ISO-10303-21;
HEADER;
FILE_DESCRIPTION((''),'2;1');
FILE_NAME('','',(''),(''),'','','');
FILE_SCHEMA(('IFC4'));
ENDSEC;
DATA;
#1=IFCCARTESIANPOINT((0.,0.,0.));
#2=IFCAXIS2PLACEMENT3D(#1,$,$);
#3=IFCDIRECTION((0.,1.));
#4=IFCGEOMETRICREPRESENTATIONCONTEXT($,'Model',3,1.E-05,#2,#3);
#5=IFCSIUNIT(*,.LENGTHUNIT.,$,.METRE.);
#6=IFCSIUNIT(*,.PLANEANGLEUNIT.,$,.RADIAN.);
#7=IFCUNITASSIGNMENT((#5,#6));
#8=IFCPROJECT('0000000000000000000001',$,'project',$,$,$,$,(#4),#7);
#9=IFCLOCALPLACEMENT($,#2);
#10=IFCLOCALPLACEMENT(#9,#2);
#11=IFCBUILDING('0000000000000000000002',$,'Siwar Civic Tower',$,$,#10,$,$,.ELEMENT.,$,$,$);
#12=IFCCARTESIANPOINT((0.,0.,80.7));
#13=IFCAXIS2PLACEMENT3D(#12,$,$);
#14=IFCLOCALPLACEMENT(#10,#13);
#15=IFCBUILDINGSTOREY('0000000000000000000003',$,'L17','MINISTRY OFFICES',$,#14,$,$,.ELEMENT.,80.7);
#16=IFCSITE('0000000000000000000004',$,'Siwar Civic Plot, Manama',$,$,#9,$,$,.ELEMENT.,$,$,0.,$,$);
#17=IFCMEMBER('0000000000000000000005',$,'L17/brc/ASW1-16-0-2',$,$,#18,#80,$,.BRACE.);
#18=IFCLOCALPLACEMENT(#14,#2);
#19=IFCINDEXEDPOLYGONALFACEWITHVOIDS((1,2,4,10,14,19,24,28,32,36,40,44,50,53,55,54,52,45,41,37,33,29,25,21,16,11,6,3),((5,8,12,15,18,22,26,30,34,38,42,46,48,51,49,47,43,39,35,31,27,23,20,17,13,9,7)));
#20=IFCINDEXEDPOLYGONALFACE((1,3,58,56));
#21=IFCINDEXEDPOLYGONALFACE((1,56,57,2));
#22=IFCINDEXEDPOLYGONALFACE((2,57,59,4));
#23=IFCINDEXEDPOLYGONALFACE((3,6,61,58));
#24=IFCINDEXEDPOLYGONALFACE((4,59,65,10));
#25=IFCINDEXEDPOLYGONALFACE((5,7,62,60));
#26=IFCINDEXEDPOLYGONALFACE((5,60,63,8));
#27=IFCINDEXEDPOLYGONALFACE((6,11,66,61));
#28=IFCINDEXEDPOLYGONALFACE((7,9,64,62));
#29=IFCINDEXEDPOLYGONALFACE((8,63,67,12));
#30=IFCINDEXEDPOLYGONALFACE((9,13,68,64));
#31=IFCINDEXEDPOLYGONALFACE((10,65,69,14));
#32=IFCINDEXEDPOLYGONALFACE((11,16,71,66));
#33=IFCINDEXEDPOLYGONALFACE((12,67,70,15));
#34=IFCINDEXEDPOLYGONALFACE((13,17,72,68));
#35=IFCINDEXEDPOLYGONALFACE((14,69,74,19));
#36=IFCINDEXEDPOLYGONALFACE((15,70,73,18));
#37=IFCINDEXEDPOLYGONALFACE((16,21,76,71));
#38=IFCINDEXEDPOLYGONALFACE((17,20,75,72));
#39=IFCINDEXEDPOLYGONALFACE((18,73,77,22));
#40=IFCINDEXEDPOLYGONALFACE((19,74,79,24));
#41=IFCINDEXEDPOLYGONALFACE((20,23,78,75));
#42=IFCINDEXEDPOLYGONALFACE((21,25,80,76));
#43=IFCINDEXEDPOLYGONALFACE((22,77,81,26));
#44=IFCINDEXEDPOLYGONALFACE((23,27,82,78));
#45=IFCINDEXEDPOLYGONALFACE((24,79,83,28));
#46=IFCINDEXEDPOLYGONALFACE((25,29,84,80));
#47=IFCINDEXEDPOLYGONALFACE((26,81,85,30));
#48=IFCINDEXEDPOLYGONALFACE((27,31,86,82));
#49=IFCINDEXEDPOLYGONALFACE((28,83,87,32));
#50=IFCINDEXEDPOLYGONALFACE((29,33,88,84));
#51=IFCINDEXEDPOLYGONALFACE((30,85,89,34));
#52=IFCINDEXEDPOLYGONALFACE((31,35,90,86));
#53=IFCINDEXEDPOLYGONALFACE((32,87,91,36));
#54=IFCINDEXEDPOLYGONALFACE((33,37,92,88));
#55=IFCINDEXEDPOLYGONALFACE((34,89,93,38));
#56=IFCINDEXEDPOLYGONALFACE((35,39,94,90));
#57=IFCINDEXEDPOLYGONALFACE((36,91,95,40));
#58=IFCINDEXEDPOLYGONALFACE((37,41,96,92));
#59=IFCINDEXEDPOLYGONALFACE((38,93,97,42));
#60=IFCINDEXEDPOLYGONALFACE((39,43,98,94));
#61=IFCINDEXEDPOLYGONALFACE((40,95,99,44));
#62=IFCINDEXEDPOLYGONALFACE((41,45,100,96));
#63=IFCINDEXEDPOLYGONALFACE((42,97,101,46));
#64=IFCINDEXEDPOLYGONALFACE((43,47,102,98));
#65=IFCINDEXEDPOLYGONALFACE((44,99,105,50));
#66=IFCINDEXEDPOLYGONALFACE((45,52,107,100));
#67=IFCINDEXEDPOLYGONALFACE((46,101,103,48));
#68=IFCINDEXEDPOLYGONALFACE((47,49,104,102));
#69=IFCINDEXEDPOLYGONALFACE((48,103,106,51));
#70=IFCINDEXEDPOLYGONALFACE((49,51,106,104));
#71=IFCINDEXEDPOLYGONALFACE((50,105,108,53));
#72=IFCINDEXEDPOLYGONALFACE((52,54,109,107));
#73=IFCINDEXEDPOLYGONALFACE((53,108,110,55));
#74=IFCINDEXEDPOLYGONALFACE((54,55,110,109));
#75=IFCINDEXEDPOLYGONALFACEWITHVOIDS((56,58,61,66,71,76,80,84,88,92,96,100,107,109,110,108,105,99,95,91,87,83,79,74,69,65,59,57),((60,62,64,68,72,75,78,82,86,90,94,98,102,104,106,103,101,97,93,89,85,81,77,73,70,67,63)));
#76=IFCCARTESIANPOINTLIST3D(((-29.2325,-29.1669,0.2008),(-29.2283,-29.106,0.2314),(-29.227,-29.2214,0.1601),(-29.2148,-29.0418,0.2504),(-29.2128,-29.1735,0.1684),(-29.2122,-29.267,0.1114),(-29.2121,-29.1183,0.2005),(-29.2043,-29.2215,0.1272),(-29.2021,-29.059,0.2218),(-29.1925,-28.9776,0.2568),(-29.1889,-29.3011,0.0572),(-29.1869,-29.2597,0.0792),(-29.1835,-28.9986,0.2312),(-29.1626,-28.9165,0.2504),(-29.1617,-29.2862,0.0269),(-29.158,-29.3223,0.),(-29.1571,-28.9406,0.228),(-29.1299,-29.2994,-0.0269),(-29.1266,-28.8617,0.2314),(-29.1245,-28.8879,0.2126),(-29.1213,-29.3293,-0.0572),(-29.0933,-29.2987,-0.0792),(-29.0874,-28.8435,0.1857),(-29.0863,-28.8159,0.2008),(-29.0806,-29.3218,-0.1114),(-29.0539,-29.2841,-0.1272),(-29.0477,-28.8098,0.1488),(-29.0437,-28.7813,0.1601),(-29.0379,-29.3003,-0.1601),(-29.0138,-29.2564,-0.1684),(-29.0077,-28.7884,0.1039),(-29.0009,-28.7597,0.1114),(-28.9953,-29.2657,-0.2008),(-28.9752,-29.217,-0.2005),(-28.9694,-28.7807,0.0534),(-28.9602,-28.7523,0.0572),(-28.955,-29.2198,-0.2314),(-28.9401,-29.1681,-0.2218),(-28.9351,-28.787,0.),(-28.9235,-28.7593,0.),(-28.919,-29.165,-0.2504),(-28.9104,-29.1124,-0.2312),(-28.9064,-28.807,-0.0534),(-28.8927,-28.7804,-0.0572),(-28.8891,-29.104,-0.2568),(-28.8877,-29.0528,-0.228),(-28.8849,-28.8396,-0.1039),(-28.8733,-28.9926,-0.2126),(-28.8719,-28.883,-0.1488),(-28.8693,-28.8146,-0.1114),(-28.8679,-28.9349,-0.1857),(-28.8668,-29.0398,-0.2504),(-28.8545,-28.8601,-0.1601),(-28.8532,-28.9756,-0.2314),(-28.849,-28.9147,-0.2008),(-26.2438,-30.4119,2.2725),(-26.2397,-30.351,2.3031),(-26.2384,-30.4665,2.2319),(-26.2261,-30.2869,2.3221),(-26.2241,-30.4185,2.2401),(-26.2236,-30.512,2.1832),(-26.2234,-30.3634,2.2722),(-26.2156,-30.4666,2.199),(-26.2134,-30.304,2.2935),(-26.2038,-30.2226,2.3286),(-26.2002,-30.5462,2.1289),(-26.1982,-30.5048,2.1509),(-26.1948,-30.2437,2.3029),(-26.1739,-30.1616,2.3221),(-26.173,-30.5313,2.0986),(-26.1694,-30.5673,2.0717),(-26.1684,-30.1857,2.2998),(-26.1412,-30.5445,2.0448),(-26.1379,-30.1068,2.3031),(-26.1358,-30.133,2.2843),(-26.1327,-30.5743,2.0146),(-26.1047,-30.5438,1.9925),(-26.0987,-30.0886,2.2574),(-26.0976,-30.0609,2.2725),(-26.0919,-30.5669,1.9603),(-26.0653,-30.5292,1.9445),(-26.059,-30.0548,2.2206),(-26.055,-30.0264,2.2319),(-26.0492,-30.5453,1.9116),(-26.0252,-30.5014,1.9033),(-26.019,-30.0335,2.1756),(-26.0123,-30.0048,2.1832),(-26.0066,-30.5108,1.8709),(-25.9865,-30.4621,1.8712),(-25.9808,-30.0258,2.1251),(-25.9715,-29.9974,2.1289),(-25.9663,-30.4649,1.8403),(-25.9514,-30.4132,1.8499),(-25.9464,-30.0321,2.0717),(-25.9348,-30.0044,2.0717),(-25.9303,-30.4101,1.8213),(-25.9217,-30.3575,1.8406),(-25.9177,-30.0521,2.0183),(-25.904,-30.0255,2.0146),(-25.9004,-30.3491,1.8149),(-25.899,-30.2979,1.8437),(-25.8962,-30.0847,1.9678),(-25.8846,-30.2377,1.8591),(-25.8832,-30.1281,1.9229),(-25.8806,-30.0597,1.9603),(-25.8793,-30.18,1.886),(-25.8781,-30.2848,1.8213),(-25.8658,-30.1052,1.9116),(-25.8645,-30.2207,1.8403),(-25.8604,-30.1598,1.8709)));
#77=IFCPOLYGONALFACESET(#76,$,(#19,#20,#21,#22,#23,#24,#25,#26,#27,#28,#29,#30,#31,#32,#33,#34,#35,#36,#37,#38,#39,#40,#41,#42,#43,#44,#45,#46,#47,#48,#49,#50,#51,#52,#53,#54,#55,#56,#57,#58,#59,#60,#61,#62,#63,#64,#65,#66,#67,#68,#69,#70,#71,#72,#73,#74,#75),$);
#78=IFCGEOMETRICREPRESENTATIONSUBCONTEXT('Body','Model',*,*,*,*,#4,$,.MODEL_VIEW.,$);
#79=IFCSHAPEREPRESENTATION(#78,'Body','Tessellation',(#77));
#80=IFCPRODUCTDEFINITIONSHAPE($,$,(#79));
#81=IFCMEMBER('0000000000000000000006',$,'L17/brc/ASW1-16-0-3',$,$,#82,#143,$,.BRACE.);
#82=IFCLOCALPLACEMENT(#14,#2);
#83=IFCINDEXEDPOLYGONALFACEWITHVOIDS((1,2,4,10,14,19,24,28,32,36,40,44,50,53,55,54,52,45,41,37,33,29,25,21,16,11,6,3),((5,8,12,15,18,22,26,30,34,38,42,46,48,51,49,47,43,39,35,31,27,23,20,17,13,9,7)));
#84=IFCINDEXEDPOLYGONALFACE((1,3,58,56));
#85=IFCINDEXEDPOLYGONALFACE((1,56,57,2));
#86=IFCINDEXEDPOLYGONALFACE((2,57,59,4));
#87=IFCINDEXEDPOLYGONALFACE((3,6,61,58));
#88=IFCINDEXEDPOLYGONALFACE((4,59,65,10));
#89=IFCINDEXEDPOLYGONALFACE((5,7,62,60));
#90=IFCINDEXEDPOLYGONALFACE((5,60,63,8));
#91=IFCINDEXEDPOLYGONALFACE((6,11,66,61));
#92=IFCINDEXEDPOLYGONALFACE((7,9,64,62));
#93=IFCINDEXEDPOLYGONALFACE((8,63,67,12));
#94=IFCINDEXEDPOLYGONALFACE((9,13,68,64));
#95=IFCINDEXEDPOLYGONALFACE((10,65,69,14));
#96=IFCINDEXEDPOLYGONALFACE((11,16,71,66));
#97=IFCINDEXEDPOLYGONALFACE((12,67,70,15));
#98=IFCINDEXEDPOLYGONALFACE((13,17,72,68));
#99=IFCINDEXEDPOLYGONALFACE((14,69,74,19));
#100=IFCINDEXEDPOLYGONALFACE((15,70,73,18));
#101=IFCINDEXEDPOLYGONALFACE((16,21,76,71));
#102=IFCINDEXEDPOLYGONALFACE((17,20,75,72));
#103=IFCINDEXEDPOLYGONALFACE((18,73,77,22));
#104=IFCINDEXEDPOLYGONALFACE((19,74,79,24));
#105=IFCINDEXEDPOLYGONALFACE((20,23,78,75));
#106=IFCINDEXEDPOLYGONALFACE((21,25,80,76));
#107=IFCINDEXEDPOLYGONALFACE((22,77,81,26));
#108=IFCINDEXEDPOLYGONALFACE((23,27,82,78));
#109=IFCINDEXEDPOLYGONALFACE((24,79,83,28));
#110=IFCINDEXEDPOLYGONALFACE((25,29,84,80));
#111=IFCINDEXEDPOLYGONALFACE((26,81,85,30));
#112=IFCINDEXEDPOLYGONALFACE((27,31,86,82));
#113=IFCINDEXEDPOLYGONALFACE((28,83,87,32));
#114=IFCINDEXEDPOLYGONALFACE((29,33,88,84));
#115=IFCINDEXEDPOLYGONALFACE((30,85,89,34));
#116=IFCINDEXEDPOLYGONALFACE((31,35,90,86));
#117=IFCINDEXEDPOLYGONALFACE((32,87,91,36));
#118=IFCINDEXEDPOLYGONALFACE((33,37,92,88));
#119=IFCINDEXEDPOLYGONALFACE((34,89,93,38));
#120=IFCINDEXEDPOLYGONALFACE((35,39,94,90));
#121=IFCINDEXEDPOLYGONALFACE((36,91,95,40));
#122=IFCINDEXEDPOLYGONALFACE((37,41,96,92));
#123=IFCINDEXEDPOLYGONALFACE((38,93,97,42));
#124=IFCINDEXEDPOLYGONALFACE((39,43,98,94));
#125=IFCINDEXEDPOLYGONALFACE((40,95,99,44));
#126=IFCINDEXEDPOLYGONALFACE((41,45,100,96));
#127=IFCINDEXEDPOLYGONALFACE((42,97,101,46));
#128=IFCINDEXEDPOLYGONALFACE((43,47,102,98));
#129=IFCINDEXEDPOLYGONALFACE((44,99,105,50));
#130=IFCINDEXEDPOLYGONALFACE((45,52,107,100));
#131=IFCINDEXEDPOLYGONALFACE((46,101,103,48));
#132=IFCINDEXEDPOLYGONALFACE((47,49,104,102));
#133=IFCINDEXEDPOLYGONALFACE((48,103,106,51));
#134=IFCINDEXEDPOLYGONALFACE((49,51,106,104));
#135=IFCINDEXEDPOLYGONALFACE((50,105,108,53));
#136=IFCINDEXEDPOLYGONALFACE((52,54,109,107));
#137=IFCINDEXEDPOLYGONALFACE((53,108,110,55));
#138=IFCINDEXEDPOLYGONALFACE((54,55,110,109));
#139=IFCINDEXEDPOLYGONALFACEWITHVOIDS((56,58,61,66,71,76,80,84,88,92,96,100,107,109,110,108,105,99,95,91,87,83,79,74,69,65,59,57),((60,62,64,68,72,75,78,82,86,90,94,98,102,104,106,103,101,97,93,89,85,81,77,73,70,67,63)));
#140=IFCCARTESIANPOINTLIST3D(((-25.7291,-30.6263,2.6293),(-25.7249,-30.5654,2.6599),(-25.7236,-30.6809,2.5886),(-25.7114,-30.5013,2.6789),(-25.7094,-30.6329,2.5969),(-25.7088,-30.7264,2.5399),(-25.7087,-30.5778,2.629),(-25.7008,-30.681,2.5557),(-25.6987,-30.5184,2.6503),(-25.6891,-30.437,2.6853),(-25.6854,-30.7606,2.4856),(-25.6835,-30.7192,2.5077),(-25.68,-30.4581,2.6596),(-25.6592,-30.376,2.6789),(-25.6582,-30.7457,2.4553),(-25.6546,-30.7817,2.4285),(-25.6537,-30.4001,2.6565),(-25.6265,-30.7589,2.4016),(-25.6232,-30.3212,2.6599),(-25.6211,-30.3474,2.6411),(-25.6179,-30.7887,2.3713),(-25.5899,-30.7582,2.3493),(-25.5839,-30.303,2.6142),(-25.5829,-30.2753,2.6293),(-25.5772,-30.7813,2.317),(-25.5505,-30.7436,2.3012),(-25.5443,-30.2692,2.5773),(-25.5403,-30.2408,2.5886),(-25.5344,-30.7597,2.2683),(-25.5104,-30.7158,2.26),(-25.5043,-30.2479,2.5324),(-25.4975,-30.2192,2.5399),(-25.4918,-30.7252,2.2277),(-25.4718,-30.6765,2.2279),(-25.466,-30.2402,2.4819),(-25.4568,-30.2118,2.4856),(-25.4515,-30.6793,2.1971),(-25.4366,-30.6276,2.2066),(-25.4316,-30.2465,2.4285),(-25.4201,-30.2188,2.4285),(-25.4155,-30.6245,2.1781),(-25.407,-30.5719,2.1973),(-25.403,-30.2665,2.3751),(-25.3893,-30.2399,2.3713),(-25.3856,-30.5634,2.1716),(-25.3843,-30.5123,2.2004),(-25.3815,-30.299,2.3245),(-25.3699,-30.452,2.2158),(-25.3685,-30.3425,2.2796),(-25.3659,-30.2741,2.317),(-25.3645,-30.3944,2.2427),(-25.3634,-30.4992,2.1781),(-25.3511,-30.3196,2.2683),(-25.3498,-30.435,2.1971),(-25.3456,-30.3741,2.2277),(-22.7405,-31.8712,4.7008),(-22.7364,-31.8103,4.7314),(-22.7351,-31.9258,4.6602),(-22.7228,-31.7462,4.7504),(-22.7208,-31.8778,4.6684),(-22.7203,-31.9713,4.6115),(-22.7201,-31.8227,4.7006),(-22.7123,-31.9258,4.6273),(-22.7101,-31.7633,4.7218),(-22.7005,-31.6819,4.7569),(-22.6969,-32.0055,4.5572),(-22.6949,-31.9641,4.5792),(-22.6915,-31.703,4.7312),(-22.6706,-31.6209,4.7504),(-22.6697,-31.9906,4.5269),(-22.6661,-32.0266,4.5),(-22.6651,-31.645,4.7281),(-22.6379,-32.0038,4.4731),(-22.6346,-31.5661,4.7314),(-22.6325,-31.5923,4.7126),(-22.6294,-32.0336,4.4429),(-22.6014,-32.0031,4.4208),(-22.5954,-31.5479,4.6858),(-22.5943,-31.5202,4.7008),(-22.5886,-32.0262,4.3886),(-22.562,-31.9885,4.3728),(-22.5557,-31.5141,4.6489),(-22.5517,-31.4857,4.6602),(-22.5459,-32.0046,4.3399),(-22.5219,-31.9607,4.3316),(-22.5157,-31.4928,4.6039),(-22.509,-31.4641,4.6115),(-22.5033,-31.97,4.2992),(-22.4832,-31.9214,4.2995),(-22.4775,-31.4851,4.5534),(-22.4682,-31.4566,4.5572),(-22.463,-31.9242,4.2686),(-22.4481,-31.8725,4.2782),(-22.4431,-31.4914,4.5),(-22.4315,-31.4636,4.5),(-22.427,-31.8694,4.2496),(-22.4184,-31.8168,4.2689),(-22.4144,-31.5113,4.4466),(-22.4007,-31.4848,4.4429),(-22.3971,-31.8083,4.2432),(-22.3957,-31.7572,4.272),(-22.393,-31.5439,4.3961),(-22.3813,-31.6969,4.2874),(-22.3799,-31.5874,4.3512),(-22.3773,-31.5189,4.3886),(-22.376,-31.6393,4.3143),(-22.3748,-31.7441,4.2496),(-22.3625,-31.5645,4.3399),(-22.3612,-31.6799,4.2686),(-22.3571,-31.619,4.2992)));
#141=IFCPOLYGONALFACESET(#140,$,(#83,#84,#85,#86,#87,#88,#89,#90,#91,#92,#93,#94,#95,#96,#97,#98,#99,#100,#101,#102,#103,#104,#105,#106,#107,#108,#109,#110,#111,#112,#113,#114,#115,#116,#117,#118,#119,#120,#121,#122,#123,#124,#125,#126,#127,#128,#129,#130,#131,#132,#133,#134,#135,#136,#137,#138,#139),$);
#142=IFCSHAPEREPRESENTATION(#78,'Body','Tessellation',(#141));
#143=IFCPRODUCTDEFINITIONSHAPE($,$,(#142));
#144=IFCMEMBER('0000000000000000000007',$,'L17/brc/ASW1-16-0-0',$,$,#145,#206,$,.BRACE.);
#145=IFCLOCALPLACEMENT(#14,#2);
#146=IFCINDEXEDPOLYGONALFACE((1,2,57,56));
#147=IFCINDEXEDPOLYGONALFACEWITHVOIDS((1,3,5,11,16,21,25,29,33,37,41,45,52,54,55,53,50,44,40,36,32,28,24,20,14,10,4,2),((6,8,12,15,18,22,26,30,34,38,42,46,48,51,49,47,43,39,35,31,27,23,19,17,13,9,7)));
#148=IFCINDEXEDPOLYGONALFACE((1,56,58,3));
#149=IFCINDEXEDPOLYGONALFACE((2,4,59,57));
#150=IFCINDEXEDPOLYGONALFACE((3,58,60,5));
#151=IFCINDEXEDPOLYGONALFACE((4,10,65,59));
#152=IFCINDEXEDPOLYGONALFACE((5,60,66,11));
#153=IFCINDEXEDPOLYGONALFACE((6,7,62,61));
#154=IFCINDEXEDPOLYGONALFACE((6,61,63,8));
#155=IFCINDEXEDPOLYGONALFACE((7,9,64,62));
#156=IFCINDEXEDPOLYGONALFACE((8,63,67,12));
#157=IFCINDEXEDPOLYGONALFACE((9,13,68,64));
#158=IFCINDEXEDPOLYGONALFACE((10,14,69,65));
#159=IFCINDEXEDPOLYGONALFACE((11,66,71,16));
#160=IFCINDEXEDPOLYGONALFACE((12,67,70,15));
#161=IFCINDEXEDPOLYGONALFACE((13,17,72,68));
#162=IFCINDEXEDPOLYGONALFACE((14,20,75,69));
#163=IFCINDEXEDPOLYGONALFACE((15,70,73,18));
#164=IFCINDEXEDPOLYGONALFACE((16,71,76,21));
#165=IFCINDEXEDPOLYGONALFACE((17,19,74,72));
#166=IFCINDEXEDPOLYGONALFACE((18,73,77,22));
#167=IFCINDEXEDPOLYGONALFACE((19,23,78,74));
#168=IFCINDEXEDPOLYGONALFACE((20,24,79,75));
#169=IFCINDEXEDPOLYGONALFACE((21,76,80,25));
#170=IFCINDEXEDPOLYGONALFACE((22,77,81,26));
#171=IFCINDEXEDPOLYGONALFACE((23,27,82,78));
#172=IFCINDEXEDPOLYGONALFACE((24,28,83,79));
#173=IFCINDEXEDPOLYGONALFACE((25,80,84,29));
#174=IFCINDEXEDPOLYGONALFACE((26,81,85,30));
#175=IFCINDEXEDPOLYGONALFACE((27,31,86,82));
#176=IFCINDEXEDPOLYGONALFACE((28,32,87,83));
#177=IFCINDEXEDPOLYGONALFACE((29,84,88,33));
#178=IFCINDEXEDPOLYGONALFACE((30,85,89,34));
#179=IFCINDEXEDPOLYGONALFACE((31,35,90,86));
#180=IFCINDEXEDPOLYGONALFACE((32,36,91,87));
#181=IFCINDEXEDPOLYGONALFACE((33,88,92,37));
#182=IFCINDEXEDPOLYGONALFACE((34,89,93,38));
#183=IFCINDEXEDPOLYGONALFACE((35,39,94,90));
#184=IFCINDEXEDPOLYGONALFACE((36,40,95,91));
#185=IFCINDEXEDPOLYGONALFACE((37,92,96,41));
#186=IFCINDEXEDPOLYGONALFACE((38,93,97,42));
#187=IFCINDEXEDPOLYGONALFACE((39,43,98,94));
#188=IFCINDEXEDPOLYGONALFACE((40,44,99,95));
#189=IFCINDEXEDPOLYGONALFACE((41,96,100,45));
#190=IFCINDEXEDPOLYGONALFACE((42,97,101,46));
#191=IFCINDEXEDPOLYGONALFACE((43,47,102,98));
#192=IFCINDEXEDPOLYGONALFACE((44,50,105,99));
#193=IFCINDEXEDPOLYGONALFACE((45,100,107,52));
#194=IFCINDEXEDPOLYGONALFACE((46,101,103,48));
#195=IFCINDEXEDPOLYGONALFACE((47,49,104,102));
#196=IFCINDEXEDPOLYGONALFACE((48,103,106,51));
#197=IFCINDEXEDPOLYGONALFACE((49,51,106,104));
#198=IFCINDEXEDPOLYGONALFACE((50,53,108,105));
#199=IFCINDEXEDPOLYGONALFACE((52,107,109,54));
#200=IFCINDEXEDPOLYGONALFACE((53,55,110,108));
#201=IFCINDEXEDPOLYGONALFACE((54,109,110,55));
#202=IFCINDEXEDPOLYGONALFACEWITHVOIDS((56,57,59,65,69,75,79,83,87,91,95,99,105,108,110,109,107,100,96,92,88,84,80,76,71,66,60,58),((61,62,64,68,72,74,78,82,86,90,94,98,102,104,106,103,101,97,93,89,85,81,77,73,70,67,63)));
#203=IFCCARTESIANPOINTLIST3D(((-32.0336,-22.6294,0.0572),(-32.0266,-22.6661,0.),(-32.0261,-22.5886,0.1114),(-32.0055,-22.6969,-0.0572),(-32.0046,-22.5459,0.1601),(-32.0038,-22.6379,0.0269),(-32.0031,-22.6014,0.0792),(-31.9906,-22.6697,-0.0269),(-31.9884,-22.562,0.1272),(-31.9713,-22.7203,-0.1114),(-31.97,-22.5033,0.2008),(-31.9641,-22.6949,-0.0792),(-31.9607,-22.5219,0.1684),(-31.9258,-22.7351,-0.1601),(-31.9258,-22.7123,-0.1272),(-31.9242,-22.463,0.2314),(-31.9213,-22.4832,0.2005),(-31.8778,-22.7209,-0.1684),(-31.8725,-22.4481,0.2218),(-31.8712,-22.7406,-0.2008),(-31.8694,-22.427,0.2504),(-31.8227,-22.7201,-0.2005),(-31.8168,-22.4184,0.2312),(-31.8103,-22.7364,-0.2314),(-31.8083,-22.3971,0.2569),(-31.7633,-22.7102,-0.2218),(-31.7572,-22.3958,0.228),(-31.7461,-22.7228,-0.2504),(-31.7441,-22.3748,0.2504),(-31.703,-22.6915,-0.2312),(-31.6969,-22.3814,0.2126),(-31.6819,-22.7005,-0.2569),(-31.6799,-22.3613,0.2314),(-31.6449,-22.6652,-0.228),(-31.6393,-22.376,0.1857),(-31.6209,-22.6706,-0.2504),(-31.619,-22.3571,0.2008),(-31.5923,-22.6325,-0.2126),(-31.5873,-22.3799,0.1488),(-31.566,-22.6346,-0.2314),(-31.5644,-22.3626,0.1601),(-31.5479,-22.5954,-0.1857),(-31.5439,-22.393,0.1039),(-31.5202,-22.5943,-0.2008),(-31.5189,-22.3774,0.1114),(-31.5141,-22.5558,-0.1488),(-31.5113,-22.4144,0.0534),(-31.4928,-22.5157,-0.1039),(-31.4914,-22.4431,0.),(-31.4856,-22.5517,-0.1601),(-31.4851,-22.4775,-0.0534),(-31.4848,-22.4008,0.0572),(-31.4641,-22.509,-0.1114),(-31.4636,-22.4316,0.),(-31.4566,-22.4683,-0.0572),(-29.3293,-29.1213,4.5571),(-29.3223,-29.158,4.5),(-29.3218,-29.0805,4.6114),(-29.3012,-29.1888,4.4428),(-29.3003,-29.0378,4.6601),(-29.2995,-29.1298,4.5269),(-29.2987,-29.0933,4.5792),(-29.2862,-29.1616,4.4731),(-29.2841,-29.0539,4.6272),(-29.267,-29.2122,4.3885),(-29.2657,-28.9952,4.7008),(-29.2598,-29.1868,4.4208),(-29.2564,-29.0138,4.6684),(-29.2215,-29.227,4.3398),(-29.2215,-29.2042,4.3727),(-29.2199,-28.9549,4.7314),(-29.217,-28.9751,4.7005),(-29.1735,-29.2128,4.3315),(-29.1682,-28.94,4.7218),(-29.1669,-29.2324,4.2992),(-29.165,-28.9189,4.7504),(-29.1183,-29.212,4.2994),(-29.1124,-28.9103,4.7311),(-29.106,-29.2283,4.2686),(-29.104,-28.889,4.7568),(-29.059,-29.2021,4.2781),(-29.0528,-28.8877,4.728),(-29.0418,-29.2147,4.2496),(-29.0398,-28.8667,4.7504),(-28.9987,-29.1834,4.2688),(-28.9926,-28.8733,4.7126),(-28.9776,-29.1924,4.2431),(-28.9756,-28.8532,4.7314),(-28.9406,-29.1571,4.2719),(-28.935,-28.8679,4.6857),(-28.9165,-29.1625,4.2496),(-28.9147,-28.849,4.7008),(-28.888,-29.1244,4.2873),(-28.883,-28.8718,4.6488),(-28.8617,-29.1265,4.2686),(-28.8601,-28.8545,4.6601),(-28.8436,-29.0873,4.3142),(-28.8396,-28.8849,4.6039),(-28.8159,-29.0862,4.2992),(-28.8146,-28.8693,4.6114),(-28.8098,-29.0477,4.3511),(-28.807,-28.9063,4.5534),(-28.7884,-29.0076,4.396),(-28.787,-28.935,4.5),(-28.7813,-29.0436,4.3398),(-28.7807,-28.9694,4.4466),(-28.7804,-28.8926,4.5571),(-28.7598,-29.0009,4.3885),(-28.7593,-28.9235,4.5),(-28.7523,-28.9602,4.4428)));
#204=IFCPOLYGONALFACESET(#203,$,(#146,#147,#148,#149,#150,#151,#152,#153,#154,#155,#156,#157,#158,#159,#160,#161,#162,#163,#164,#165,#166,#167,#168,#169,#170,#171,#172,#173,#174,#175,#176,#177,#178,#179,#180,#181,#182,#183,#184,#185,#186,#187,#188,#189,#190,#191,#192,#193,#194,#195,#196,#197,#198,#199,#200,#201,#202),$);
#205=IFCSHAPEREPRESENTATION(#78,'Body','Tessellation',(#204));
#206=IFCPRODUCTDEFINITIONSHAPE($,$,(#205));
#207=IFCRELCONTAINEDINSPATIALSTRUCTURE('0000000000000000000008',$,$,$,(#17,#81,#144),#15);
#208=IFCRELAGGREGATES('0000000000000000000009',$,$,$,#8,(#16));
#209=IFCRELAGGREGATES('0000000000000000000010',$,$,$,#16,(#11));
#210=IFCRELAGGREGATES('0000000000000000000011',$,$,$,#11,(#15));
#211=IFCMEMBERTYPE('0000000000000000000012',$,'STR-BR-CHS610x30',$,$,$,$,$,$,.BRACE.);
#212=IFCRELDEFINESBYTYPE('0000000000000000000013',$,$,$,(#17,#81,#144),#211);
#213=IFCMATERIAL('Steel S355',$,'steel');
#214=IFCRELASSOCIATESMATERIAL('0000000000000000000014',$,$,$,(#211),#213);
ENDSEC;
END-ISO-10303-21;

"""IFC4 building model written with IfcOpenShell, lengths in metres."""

from ifc_helpers import new_model, si_unit, direction, frame, origin, origin_2d, place, context, subcontext, project, spatial, hollow_circle, extrude, material, material_profile, profile_set, type_object, element, save


model = new_model("IFC4")

# Units and contexts
model_context = context("Model", 3, precision=1e-05, world=origin(), true_north=direction((0.0, 1.0)))
body_context = subcontext(model_context, "Body", "Model", "MODEL_VIEW")
ifc_project = project(units=[si_unit("LENGTHUNIT", "METRE"), si_unit("PLANEANGLEUNIT", "RADIAN")], contexts=[model_context])

# Site, building, storey
site_placement = place(None, origin())
site = spatial("IfcSite", under=ifc_project, at=site_placement, Name="Siwar Civic Plot, Manama", CompositionType="ELEMENT", RefElevation=0.0)
building_placement = place(site_placement, origin())
building = spatial("IfcBuilding", under=site, at=building_placement, Name="Siwar Civic Tower", CompositionType="ELEMENT")
storey_placement = place(building_placement, frame((0.0, 0.0, 80.7)))
storey = spatial("IfcBuildingStorey", under=building, at=storey_placement, Name="L17", Description="MINISTRY OFFICES", CompositionType="ELEMENT", Elevation=80.7)

# Members
ifc_material_1 = material(Name="Steel S355", Category="steel")
ifc_material_profile_1 = material_profile(ifc_material_1, hollow_circle(Radius=0.3049, WallThickness=0.03, at=origin_2d()), Name="CHS610x30")
ifc_profile_set_1 = profile_set([ifc_material_profile_1], Name="Steel S355")
member_type_1 = type_object("IfcMemberType", Name="STR-BR-CHS610x30", PredefinedType="BRACE", material=ifc_profile_set_1)
member_1_placement = place(storey_placement, frame((-29.0408, -29.0408, 0.0), z_axis=(0.777542, -0.323923, 0.538982), x_axis=(0.384562, 0.923099, 0.0)))
element("IfcMember", 1, at=member_1_placement, inside=storey, type_object=member_type_1, Name="L17/brc/ASW1-16-0-2", PredefinedType="BRACE", context=body_context, shape_type="SweptSolid", body=[
    extrude(hollow_circle(Radius=0.3049, WallThickness=0.03, at=origin_2d()), origin(), (0.0, 0.0, 1.0), 3.8438),
])
member_2_placement = place(storey_placement, frame((-25.5374, -30.5002, 2.4285), z_axis=(0.77756, -0.323893, 0.538975), x_axis=(0.384524, 0.923115, 0.0)))
element("IfcMember", 2, at=member_2_placement, inside=storey, type_object=member_type_1, Name="L17/brc/ASW1-16-0-3", PredefinedType="BRACE", context=body_context, shape_type="SweptSolid", body=[
    extrude(hollow_circle(Radius=0.3049, WallThickness=0.03, at=origin_2d()), origin(), (0.0, 0.0, 1.0), 3.8435),
])
member_3_placement = place(storey_placement, frame((-31.7451, -22.5488, 0.0), z_axis=(0.323906, -0.777555, 0.538975), x_axis=(0.923109, 0.384539, 0.0)))
element("IfcMember", 3, at=member_3_placement, inside=storey, type_object=member_type_1, Name="L17/brc/ASW1-16-0-0", PredefinedType="BRACE", context=body_context, shape_type="SweptSolid", body=[
    extrude(hollow_circle(Radius=0.3049, WallThickness=0.03, at=origin_2d()), origin(), (0.0, 0.0, 1.0), 8.3491),
])

save(model, "model.ifc")
